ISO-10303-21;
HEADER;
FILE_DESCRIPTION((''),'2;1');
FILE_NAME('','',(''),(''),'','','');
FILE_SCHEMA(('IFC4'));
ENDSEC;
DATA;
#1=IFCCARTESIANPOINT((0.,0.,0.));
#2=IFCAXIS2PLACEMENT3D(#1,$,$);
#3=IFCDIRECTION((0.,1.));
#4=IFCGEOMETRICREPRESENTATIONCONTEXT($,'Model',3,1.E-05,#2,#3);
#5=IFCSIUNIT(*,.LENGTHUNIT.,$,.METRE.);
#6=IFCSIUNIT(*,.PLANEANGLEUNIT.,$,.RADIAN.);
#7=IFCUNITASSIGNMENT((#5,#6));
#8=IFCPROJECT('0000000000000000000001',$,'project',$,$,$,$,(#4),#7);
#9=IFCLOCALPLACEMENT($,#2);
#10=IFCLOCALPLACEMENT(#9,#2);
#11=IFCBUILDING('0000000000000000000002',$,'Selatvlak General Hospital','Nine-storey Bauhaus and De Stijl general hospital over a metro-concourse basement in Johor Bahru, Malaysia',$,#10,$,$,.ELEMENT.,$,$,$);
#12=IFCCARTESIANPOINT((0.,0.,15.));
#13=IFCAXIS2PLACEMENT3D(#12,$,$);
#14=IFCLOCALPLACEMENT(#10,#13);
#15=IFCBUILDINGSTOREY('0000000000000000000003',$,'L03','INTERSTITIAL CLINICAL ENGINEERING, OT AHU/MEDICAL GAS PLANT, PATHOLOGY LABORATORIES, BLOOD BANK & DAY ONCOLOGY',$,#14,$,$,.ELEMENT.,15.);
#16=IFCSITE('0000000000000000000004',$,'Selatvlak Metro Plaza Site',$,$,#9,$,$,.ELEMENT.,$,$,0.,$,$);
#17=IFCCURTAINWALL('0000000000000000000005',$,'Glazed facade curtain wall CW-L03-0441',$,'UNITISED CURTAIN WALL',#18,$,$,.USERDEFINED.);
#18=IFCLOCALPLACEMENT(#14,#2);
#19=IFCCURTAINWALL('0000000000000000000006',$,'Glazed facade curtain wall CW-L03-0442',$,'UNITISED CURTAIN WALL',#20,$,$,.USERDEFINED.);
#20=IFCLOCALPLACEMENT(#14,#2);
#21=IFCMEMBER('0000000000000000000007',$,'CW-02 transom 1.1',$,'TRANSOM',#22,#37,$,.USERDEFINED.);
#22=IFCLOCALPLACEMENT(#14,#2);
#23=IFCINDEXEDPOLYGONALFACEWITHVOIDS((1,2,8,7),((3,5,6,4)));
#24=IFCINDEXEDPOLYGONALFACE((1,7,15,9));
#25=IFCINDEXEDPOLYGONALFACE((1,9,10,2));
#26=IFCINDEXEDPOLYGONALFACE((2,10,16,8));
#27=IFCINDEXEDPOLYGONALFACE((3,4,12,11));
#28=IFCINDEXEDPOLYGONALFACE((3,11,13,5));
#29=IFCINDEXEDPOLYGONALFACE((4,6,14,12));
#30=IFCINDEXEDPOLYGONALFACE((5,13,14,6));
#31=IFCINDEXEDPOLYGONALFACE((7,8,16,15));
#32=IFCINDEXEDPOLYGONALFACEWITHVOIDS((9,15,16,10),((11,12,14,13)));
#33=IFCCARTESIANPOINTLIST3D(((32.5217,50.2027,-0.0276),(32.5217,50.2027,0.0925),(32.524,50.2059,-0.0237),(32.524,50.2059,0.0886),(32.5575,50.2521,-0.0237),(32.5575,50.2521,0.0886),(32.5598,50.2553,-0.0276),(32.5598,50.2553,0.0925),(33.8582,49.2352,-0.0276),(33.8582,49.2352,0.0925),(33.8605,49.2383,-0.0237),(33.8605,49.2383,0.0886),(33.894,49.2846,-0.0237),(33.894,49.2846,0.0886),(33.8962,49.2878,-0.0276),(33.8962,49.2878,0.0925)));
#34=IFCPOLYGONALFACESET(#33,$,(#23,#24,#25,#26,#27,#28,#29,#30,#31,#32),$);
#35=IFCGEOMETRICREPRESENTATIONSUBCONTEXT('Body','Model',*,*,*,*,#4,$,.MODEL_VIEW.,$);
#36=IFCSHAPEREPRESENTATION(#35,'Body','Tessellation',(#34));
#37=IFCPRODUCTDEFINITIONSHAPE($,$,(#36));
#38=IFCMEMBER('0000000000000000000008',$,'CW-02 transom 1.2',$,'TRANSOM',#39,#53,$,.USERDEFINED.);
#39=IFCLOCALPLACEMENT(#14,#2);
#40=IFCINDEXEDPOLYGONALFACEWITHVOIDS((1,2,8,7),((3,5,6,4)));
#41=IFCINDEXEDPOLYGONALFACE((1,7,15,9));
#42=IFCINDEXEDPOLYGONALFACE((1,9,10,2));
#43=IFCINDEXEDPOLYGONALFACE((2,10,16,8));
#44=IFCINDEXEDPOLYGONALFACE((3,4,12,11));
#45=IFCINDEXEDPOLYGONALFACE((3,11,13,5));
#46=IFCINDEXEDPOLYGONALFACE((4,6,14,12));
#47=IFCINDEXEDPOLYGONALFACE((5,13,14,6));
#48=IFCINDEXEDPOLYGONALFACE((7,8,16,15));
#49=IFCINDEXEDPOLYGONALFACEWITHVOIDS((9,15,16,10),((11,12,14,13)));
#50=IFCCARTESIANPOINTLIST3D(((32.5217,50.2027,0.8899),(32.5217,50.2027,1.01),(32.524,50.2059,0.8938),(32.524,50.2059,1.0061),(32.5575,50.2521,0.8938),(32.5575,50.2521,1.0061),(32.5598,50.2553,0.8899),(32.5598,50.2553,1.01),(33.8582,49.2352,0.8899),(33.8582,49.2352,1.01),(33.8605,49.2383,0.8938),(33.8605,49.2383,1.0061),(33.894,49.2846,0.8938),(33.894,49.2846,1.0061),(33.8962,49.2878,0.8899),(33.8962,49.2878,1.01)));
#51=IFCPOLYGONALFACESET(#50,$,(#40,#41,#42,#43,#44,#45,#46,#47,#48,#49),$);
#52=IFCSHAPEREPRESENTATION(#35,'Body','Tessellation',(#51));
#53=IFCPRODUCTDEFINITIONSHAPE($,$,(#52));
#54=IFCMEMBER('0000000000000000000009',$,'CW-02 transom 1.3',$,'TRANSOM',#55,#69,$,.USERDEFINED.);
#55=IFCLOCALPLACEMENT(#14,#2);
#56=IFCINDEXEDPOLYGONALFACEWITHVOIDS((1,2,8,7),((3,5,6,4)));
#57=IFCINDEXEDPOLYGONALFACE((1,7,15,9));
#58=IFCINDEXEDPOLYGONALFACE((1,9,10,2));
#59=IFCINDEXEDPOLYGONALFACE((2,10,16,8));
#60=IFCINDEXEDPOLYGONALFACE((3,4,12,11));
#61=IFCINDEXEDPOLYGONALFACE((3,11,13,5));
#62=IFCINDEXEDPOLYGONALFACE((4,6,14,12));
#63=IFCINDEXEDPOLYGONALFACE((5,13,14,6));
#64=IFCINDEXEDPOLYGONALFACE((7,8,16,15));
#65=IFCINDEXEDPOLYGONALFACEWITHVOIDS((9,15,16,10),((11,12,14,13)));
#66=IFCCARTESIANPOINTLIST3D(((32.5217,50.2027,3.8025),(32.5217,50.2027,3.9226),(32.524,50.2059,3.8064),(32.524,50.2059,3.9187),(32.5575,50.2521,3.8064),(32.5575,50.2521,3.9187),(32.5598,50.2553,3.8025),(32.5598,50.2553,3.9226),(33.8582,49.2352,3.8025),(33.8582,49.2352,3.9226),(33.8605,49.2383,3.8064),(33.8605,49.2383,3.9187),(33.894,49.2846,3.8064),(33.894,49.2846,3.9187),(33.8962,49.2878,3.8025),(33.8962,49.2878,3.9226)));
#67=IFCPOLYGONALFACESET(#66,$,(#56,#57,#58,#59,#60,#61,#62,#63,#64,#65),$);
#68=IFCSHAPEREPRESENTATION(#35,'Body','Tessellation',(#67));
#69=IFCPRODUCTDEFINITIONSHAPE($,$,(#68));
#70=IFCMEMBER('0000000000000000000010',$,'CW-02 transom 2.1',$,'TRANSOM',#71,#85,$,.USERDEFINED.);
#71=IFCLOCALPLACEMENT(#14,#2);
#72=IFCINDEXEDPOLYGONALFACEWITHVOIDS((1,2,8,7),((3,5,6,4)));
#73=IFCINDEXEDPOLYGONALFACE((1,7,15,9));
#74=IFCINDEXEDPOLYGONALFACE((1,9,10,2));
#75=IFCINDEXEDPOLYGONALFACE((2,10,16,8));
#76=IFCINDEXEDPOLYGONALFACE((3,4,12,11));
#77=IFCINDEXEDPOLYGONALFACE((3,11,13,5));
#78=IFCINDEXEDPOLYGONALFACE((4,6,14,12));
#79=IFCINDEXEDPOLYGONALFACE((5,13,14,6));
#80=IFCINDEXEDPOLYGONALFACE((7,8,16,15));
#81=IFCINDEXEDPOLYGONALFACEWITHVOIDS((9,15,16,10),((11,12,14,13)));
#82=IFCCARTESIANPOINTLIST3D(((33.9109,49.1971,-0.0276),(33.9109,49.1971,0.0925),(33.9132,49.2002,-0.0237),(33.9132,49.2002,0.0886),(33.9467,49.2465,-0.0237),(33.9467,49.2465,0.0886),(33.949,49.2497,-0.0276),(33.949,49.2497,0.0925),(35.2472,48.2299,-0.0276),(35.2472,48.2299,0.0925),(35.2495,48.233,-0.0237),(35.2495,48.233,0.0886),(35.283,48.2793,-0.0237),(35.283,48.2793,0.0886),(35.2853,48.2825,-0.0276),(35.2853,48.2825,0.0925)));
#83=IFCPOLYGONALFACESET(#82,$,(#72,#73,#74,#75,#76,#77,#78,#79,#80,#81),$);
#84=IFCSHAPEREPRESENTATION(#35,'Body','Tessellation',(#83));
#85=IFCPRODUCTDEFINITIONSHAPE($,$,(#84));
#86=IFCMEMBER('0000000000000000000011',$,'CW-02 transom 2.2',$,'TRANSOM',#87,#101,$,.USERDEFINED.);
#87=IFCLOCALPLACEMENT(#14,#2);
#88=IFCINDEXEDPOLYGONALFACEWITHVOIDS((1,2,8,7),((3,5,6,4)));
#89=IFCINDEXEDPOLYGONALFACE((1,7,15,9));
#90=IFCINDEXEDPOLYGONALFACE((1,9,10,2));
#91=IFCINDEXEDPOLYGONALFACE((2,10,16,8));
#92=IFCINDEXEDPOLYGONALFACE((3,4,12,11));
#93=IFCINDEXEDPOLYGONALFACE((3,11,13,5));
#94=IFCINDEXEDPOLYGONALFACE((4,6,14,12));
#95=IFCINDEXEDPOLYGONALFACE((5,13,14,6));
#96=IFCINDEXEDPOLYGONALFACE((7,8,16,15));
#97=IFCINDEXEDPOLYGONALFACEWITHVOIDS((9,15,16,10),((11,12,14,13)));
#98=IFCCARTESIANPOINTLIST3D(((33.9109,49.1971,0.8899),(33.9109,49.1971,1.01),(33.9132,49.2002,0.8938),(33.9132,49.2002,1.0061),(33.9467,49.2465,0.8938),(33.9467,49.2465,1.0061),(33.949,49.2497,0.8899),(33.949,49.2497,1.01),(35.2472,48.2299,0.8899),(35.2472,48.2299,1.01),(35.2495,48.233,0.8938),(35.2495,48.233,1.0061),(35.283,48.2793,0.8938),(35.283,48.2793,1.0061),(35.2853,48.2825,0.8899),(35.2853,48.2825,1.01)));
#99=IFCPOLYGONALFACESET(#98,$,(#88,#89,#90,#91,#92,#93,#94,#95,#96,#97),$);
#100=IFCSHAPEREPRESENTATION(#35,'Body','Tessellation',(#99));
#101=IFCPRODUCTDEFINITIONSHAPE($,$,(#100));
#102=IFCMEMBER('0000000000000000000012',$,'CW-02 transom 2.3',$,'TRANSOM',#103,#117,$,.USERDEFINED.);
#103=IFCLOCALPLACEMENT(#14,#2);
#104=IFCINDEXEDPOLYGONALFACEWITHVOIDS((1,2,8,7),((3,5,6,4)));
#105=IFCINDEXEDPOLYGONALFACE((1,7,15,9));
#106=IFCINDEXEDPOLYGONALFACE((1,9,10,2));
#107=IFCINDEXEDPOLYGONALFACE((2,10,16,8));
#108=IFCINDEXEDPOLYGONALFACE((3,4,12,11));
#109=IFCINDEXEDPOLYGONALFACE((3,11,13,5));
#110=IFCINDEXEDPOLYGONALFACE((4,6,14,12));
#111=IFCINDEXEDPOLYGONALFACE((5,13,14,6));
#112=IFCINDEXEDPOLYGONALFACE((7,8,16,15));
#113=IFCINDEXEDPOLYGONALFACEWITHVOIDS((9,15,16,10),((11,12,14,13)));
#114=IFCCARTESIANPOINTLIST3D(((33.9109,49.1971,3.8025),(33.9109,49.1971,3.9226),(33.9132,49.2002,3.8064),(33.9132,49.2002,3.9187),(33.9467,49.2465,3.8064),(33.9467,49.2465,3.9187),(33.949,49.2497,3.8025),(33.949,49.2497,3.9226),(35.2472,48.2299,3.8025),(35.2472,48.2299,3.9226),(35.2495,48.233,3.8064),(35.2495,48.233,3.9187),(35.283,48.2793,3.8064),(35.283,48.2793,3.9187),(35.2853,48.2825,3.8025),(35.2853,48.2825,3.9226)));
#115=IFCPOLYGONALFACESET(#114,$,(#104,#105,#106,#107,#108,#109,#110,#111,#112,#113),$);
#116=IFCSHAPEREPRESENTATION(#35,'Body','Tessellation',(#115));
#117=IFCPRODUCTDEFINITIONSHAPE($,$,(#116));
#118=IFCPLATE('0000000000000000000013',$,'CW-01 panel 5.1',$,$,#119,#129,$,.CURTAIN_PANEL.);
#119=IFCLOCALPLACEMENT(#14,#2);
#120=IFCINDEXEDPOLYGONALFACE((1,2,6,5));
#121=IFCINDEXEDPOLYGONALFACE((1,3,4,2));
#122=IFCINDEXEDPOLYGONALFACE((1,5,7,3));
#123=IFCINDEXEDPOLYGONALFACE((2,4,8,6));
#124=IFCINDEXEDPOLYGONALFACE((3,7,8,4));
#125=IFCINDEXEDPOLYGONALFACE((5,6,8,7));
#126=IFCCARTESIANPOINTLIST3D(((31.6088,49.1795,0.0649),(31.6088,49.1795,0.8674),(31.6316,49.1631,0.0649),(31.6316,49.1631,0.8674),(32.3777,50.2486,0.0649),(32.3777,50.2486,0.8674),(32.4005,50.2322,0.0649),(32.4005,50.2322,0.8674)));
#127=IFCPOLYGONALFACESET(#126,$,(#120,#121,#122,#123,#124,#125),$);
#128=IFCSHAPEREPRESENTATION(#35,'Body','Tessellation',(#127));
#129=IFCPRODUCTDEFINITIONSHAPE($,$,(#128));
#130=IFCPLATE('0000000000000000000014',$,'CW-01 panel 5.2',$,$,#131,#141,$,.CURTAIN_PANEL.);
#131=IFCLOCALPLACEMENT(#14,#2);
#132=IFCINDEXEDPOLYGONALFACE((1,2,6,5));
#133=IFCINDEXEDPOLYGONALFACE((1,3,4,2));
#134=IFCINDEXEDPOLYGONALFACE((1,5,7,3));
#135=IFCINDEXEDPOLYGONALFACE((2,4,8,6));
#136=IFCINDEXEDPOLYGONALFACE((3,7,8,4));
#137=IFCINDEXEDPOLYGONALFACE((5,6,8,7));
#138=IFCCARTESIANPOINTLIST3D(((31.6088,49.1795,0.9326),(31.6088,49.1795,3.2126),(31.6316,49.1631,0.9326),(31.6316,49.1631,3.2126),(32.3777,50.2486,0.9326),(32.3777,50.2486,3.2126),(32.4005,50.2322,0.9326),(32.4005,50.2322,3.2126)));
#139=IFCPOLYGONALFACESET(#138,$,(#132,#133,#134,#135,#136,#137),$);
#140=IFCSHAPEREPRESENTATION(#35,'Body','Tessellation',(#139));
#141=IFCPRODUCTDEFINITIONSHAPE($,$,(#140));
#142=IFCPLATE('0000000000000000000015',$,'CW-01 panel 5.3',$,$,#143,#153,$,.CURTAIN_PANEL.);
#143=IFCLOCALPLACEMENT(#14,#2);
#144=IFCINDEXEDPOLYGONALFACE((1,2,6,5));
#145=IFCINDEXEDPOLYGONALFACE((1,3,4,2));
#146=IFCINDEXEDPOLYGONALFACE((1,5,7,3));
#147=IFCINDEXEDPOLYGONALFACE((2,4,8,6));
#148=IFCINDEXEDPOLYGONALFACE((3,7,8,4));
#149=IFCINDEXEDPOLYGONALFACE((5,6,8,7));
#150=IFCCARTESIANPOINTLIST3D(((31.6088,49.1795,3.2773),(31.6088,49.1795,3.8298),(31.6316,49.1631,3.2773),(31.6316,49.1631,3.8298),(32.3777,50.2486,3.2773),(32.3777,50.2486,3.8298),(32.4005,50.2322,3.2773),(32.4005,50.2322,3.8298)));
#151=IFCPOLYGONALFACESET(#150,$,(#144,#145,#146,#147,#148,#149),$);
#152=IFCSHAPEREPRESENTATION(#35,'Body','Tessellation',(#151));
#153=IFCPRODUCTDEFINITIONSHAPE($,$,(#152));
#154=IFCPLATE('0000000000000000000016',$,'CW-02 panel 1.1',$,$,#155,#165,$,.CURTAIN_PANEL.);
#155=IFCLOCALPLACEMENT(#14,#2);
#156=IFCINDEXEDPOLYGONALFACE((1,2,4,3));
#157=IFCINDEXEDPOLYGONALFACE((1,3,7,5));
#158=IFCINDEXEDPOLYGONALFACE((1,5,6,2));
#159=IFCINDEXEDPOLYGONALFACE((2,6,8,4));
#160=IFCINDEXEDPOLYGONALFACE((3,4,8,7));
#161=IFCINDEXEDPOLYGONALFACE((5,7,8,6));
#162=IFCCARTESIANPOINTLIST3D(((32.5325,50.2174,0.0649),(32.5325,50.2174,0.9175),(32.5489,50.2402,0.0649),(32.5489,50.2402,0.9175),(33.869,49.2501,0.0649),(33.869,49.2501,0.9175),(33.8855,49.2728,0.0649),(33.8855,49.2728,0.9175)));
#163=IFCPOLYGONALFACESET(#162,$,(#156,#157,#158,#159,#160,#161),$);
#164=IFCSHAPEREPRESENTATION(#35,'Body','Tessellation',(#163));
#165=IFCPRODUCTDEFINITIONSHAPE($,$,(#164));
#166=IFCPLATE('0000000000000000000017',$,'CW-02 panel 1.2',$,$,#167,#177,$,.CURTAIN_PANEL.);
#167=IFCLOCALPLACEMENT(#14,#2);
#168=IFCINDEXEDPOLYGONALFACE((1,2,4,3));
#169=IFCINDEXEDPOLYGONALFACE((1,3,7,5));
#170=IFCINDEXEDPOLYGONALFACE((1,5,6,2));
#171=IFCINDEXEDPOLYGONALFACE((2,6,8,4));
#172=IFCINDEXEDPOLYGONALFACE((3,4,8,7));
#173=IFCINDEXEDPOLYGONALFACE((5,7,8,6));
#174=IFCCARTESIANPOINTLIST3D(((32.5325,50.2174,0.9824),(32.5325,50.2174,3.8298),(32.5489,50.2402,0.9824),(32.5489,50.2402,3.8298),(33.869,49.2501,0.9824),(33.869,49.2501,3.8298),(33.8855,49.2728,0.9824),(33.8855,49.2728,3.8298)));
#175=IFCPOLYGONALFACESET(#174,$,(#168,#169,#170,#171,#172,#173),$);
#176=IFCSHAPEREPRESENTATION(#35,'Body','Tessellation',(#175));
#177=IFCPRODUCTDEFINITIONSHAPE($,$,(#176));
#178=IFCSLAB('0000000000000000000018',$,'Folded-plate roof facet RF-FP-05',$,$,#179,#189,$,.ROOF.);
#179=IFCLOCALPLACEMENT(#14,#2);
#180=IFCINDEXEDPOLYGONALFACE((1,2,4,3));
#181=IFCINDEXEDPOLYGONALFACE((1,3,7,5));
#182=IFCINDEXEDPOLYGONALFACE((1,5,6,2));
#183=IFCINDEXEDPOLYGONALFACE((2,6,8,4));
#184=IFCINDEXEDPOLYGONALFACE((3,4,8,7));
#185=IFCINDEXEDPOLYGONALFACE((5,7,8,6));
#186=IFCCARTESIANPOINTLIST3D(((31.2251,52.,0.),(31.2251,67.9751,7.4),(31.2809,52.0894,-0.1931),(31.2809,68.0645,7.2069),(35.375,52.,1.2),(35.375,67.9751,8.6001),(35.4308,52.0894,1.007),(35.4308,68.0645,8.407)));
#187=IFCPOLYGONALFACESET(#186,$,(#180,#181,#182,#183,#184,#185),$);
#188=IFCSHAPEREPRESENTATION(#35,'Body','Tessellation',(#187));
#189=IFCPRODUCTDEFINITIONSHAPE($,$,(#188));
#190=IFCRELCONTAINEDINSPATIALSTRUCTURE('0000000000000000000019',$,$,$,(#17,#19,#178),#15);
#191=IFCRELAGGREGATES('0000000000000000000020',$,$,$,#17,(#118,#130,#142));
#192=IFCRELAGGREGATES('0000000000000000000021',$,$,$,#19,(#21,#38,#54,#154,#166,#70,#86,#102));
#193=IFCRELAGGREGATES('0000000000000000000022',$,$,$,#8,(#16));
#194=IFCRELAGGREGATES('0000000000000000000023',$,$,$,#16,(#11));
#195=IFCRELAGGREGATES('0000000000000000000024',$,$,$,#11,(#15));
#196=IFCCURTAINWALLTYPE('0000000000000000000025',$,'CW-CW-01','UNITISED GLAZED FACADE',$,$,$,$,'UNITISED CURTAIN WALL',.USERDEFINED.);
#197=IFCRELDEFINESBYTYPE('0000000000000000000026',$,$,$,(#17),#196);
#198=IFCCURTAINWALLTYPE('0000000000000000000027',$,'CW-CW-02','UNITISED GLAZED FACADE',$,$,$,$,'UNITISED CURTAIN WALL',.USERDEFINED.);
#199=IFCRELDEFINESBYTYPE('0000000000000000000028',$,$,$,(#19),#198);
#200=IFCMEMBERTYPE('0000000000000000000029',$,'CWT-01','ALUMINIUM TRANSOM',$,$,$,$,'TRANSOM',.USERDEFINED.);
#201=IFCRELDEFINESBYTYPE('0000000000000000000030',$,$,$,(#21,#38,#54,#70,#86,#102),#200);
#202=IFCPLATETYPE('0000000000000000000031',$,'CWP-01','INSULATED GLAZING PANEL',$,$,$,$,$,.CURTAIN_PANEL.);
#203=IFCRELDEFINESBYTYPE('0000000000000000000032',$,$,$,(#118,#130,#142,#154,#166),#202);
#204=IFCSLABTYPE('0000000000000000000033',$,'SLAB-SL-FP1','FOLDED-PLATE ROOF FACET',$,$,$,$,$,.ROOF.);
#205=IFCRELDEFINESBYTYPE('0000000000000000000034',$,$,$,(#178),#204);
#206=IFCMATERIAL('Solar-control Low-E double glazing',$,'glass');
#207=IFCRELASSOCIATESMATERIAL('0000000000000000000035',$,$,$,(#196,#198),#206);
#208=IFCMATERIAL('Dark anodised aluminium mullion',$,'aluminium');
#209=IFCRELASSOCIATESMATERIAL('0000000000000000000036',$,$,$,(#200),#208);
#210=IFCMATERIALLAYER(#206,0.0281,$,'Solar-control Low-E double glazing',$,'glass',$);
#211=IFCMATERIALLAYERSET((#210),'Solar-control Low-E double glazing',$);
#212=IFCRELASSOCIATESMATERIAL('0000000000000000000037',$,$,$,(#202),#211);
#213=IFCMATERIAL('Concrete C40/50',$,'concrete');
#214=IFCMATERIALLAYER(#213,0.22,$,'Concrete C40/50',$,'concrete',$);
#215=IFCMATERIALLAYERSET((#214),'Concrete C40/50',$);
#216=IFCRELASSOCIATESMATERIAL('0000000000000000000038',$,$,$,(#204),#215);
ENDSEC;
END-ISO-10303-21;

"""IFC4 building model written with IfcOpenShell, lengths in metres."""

from ifc_helpers import new_model, si_unit, direction, frame, origin, origin_2d, place, context, subcontext, project, spatial, polyline, rectangle, hollow_rectangle, outline, extrude, material, layer, layer_set, material_profile, profile_set, type_object, element, aggregate, save


model = new_model("IFC4")

# Units and contexts
model_context = context("Model", 3, precision=1e-05, world=origin(), true_north=direction((0.0, 1.0)))
body_context = subcontext(model_context, "Body", "Model", "MODEL_VIEW")
ifc_project = project(units=[si_unit("LENGTHUNIT", "METRE"), si_unit("PLANEANGLEUNIT", "RADIAN")], contexts=[model_context])

# Site, building, storey
site_placement = place(None, origin())
site = spatial("IfcSite", under=ifc_project, at=site_placement, Name="Selatvlak Metro Plaza Site", CompositionType="ELEMENT", RefElevation=0.0)
building_placement = place(site_placement, origin())
building = spatial("IfcBuilding", under=site, at=building_placement, Name="Selatvlak General Hospital", Description="Nine-storey Bauhaus and De Stijl general hospital over a metro-concourse basement in Johor Bahru, Malaysia", CompositionType="ELEMENT")
storey_placement = place(building_placement, frame((0.0, 0.0, 15.0)))
storey = spatial("IfcBuildingStorey", under=building, at=storey_placement, Name="L03", Description="INTERSTITIAL CLINICAL ENGINEERING, OT AHU/MEDICAL GAS PLANT, PATHOLOGY LABORATORIES, BLOOD BANK & DAY ONCOLOGY", CompositionType="ELEMENT", Elevation=15.0)

# Curtain walls
ifc_material_1 = material(Name="Solar-control Low-E double glazing", Category="glass")
curtain_wall_type_1 = type_object("IfcCurtainWallType", Name="CW-CW-01", Description="UNITISED GLAZED FACADE", ElementType="UNITISED CURTAIN WALL", PredefinedType="USERDEFINED", material=ifc_material_1)
curtain_wall_1_placement = place(storey_placement, origin())
curtain_wall_1 = element("IfcCurtainWall", 1, at=curtain_wall_1_placement, inside=storey, type_object=curtain_wall_type_1, Name="Glazed facade curtain wall CW-L03-0441", ObjectType="UNITISED CURTAIN WALL", PredefinedType="USERDEFINED")
ifc_material_2 = material(Name="Dark anodised aluminium mullion", Category="aluminium")
curtain_wall_type_2 = type_object("IfcCurtainWallType", Name="CW-CW-02", Description="UNITISED GLAZED FACADE", ElementType="UNITISED CURTAIN WALL", PredefinedType="USERDEFINED", material=ifc_material_1)
curtain_wall_2_placement = place(storey_placement, origin())
curtain_wall_2 = element("IfcCurtainWall", 2, at=curtain_wall_2_placement, inside=storey, type_object=curtain_wall_type_2, Name="Glazed facade curtain wall CW-L03-0442", ObjectType="UNITISED CURTAIN WALL", PredefinedType="USERDEFINED")

# Members
ifc_material_profile_1 = material_profile(ifc_material_2, hollow_rectangle(XDim=0.0649, YDim=0.1201, WallThickness=0.0039, at=origin_2d()), Name="AL-TRN 65x120x4")
ifc_profile_set_1 = profile_set([ifc_material_profile_1], Name="Dark anodised aluminium mullion")
member_type_1 = type_object("IfcMemberType", Name="CWT-01", Description="ALUMINIUM TRANSOM", ElementType="TRANSOM", PredefinedType="USERDEFINED", material=ifc_profile_set_1)
member_1_placement = place(storey_placement, frame((32.5408, 50.229, 0.0325), z_axis=(0.810008, -0.586419, 0.0), x_axis=(0.586419, 0.810008, 0.0)))
member_1 = element("IfcMember", 3, at=member_1_placement, type_object=member_type_1, Name="CW-02 transom 1.1", ObjectType="TRANSOM", PredefinedType="USERDEFINED", context=body_context, shape_type="SweptSolid", body=[
    extrude(hollow_rectangle(XDim=0.0649, YDim=0.1201, WallThickness=0.0039, at=origin_2d()), origin(), (0.0, 0.0, 1.0), 1.6499),
])
member_2_placement = place(storey_placement, frame((32.5408, 50.229, 0.95), z_axis=(0.810008, -0.586419, 0.0), x_axis=(0.586419, 0.810008, 0.0)))
member_2 = element("IfcMember", 4, at=member_2_placement, type_object=member_type_1, Name="CW-02 transom 1.2", ObjectType="TRANSOM", PredefinedType="USERDEFINED", context=body_context, shape_type="SweptSolid", body=[
    extrude(hollow_rectangle(XDim=0.0649, YDim=0.1201, WallThickness=0.0039, at=origin_2d()), origin(), (0.0, 0.0, 1.0), 1.6499),
])
member_3_placement = place(storey_placement, frame((32.5408, 50.229, 3.8625), z_axis=(0.810008, -0.586419, 0.0), x_axis=(0.586419, 0.810008, 0.0)))
member_3 = element("IfcMember", 5, at=member_3_placement, type_object=member_type_1, Name="CW-02 transom 1.3", ObjectType="TRANSOM", PredefinedType="USERDEFINED", context=body_context, shape_type="SweptSolid", body=[
    extrude(hollow_rectangle(XDim=0.0649, YDim=0.1201, WallThickness=0.0039, at=origin_2d()), origin(), (0.0, 0.0, 1.0), 1.6499),
])
member_4_placement = place(storey_placement, frame((33.9299, 49.2234, 0.0325), z_axis=(0.810078, -0.586322, 0.0), x_axis=(0.586322, 0.810078, 0.0)))
member_4 = element("IfcMember", 6, at=member_4_placement, type_object=member_type_1, Name="CW-02 transom 2.1", ObjectType="TRANSOM", PredefinedType="USERDEFINED", context=body_context, shape_type="SweptSolid", body=[
    extrude(hollow_rectangle(XDim=0.0649, YDim=0.1201, WallThickness=0.0039, at=origin_2d()), origin(), (0.0, 0.0, 1.0), 1.6497),
])
member_5_placement = place(storey_placement, frame((33.9299, 49.2234, 0.95), z_axis=(0.810078, -0.586322, 0.0), x_axis=(0.586322, 0.810078, 0.0)))
member_5 = element("IfcMember", 7, at=member_5_placement, type_object=member_type_1, Name="CW-02 transom 2.2", ObjectType="TRANSOM", PredefinedType="USERDEFINED", context=body_context, shape_type="SweptSolid", body=[
    extrude(hollow_rectangle(XDim=0.0649, YDim=0.1201, WallThickness=0.0039, at=origin_2d()), origin(), (0.0, 0.0, 1.0), 1.6497),
])
member_6_placement = place(storey_placement, frame((33.9299, 49.2234, 3.8625), z_axis=(0.810078, -0.586322, 0.0), x_axis=(0.586322, 0.810078, 0.0)))
member_6 = element("IfcMember", 8, at=member_6_placement, type_object=member_type_1, Name="CW-02 transom 2.3", ObjectType="TRANSOM", PredefinedType="USERDEFINED", context=body_context, shape_type="SweptSolid", body=[
    extrude(hollow_rectangle(XDim=0.0649, YDim=0.1201, WallThickness=0.0039, at=origin_2d()), origin(), (0.0, 0.0, 1.0), 1.6497),
])

# Plates
ifc_layer_1 = layer(ifc_material_1, 0.0281, Name="Solar-control Low-E double glazing", Category="glass")
ifc_layer_set_1 = layer_set([ifc_layer_1], Name="Solar-control Low-E double glazing")
plate_type = type_object("IfcPlateType", Name="CWP-01", Description="INSULATED GLAZING PANEL", PredefinedType="CURTAIN_PANEL", material=ifc_layer_set_1)
plate_1_placement = place(storey_placement, frame((32.0046, 49.7058, 0.0649), z_axis=(0.0, 0.0, 1.0), x_axis=(0.583884, 0.811837, 0.0)))
plate_1 = element("IfcPlate", 9, at=plate_1_placement, type_object=plate_type, Name="CW-01 panel 5.1", PredefinedType="CURTAIN_PANEL", context=body_context, shape_type="SweptSolid", body=[
    extrude(rectangle(XDim=1.3169, YDim=0.0281, at=origin_2d()), origin(), (0.0, 0.0, 1.0), 0.8025),
])
plate_2_placement = place(storey_placement, frame((32.0046, 49.7058, 0.9326), z_axis=(0.0, 0.0, 1.0), x_axis=(0.583884, 0.811837, 0.0)))
plate_2 = element("IfcPlate", 10, at=plate_2_placement, type_object=plate_type, Name="CW-01 panel 5.2", PredefinedType="CURTAIN_PANEL", context=body_context, shape_type="SweptSolid", body=[
    extrude(rectangle(XDim=1.3169, YDim=0.0281, at=origin_2d()), origin(), (0.0, 0.0, 1.0), 2.28),
])
plate_3_placement = place(storey_placement, frame((32.0046, 49.7058, 3.2773), z_axis=(0.0, 0.0, 1.0), x_axis=(0.583884, 0.811837, 0.0)))
plate_3 = element("IfcPlate", 11, at=plate_3_placement, type_object=plate_type, Name="CW-01 panel 5.3", PredefinedType="CURTAIN_PANEL", context=body_context, shape_type="SweptSolid", body=[
    extrude(rectangle(XDim=1.3169, YDim=0.0281, at=origin_2d()), origin(), (0.0, 0.0, 1.0), 0.5525),
])
aggregate(curtain_wall_1, [plate_1, plate_2, plate_3])
plate_4_placement = place(storey_placement, frame((33.209, 49.7451, 0.0649), z_axis=(0.0, 0.0, 1.0), x_axis=(0.810083, -0.586316, 0.0)))
plate_4 = element("IfcPlate", 12, at=plate_4_placement, type_object=plate_type, Name="CW-02 panel 1.1", PredefinedType="CURTAIN_PANEL", context=body_context, shape_type="SweptSolid", body=[
    extrude(rectangle(XDim=1.6499, YDim=0.0281, at=origin_2d()), origin(), (0.0, 0.0, 1.0), 0.8525),
])
plate_5_placement = place(storey_placement, frame((33.209, 49.7451, 0.9824), z_axis=(0.0, 0.0, 1.0), x_axis=(0.810083, -0.586316, 0.0)))
plate_5 = element("IfcPlate", 13, at=plate_5_placement, type_object=plate_type, Name="CW-02 panel 1.2", PredefinedType="CURTAIN_PANEL", context=body_context, shape_type="SweptSolid", body=[
    extrude(rectangle(XDim=1.6499, YDim=0.0281, at=origin_2d()), origin(), (0.0, 0.0, 1.0), 2.8474),
])
aggregate(curtain_wall_2, [member_1, member_2, member_3, plate_4, plate_5, member_4, member_5, member_6])

# Slab
ifc_material_3 = material(Name="Concrete C40/50", Category="concrete")
ifc_layer_2 = layer(ifc_material_3, 0.22, Name="Concrete C40/50", Category="concrete")
ifc_layer_set_2 = layer_set([ifc_layer_2], Name="Concrete C40/50")
slab_type_1 = type_object("IfcSlabType", Name="SLAB-SL-FP1", Description="FOLDED-PLATE ROOF FACET", PredefinedType="ROOF", material=ifc_layer_set_2)
for number, where, z_axis, x_axis, name in (
    (14, (31.2251, 52.0, 0.0), (-0.253804, -0.406554, 0.877666), (0.960641, -0.00001, 0.277794), "Folded-plate roof facet RF-FP-05"),
):
    element("IfcSlab", number, at=place(storey_placement, frame(where, z_axis=z_axis, x_axis=x_axis)), inside=storey, type_object=slab_type_1, Name=name, PredefinedType="ROOF", context=body_context, shape_type="SweptSolid", body=[
        extrude(outline(polyline([(0.0, 0.0), (4.3199, 0.0), (6.3755, 17.4854), (2.0555, 17.4853), (0.0, 0.0)])), origin(), (0.0, 0.0, -1.0), 0.22),
    ])

save(model, "model.ifc")
